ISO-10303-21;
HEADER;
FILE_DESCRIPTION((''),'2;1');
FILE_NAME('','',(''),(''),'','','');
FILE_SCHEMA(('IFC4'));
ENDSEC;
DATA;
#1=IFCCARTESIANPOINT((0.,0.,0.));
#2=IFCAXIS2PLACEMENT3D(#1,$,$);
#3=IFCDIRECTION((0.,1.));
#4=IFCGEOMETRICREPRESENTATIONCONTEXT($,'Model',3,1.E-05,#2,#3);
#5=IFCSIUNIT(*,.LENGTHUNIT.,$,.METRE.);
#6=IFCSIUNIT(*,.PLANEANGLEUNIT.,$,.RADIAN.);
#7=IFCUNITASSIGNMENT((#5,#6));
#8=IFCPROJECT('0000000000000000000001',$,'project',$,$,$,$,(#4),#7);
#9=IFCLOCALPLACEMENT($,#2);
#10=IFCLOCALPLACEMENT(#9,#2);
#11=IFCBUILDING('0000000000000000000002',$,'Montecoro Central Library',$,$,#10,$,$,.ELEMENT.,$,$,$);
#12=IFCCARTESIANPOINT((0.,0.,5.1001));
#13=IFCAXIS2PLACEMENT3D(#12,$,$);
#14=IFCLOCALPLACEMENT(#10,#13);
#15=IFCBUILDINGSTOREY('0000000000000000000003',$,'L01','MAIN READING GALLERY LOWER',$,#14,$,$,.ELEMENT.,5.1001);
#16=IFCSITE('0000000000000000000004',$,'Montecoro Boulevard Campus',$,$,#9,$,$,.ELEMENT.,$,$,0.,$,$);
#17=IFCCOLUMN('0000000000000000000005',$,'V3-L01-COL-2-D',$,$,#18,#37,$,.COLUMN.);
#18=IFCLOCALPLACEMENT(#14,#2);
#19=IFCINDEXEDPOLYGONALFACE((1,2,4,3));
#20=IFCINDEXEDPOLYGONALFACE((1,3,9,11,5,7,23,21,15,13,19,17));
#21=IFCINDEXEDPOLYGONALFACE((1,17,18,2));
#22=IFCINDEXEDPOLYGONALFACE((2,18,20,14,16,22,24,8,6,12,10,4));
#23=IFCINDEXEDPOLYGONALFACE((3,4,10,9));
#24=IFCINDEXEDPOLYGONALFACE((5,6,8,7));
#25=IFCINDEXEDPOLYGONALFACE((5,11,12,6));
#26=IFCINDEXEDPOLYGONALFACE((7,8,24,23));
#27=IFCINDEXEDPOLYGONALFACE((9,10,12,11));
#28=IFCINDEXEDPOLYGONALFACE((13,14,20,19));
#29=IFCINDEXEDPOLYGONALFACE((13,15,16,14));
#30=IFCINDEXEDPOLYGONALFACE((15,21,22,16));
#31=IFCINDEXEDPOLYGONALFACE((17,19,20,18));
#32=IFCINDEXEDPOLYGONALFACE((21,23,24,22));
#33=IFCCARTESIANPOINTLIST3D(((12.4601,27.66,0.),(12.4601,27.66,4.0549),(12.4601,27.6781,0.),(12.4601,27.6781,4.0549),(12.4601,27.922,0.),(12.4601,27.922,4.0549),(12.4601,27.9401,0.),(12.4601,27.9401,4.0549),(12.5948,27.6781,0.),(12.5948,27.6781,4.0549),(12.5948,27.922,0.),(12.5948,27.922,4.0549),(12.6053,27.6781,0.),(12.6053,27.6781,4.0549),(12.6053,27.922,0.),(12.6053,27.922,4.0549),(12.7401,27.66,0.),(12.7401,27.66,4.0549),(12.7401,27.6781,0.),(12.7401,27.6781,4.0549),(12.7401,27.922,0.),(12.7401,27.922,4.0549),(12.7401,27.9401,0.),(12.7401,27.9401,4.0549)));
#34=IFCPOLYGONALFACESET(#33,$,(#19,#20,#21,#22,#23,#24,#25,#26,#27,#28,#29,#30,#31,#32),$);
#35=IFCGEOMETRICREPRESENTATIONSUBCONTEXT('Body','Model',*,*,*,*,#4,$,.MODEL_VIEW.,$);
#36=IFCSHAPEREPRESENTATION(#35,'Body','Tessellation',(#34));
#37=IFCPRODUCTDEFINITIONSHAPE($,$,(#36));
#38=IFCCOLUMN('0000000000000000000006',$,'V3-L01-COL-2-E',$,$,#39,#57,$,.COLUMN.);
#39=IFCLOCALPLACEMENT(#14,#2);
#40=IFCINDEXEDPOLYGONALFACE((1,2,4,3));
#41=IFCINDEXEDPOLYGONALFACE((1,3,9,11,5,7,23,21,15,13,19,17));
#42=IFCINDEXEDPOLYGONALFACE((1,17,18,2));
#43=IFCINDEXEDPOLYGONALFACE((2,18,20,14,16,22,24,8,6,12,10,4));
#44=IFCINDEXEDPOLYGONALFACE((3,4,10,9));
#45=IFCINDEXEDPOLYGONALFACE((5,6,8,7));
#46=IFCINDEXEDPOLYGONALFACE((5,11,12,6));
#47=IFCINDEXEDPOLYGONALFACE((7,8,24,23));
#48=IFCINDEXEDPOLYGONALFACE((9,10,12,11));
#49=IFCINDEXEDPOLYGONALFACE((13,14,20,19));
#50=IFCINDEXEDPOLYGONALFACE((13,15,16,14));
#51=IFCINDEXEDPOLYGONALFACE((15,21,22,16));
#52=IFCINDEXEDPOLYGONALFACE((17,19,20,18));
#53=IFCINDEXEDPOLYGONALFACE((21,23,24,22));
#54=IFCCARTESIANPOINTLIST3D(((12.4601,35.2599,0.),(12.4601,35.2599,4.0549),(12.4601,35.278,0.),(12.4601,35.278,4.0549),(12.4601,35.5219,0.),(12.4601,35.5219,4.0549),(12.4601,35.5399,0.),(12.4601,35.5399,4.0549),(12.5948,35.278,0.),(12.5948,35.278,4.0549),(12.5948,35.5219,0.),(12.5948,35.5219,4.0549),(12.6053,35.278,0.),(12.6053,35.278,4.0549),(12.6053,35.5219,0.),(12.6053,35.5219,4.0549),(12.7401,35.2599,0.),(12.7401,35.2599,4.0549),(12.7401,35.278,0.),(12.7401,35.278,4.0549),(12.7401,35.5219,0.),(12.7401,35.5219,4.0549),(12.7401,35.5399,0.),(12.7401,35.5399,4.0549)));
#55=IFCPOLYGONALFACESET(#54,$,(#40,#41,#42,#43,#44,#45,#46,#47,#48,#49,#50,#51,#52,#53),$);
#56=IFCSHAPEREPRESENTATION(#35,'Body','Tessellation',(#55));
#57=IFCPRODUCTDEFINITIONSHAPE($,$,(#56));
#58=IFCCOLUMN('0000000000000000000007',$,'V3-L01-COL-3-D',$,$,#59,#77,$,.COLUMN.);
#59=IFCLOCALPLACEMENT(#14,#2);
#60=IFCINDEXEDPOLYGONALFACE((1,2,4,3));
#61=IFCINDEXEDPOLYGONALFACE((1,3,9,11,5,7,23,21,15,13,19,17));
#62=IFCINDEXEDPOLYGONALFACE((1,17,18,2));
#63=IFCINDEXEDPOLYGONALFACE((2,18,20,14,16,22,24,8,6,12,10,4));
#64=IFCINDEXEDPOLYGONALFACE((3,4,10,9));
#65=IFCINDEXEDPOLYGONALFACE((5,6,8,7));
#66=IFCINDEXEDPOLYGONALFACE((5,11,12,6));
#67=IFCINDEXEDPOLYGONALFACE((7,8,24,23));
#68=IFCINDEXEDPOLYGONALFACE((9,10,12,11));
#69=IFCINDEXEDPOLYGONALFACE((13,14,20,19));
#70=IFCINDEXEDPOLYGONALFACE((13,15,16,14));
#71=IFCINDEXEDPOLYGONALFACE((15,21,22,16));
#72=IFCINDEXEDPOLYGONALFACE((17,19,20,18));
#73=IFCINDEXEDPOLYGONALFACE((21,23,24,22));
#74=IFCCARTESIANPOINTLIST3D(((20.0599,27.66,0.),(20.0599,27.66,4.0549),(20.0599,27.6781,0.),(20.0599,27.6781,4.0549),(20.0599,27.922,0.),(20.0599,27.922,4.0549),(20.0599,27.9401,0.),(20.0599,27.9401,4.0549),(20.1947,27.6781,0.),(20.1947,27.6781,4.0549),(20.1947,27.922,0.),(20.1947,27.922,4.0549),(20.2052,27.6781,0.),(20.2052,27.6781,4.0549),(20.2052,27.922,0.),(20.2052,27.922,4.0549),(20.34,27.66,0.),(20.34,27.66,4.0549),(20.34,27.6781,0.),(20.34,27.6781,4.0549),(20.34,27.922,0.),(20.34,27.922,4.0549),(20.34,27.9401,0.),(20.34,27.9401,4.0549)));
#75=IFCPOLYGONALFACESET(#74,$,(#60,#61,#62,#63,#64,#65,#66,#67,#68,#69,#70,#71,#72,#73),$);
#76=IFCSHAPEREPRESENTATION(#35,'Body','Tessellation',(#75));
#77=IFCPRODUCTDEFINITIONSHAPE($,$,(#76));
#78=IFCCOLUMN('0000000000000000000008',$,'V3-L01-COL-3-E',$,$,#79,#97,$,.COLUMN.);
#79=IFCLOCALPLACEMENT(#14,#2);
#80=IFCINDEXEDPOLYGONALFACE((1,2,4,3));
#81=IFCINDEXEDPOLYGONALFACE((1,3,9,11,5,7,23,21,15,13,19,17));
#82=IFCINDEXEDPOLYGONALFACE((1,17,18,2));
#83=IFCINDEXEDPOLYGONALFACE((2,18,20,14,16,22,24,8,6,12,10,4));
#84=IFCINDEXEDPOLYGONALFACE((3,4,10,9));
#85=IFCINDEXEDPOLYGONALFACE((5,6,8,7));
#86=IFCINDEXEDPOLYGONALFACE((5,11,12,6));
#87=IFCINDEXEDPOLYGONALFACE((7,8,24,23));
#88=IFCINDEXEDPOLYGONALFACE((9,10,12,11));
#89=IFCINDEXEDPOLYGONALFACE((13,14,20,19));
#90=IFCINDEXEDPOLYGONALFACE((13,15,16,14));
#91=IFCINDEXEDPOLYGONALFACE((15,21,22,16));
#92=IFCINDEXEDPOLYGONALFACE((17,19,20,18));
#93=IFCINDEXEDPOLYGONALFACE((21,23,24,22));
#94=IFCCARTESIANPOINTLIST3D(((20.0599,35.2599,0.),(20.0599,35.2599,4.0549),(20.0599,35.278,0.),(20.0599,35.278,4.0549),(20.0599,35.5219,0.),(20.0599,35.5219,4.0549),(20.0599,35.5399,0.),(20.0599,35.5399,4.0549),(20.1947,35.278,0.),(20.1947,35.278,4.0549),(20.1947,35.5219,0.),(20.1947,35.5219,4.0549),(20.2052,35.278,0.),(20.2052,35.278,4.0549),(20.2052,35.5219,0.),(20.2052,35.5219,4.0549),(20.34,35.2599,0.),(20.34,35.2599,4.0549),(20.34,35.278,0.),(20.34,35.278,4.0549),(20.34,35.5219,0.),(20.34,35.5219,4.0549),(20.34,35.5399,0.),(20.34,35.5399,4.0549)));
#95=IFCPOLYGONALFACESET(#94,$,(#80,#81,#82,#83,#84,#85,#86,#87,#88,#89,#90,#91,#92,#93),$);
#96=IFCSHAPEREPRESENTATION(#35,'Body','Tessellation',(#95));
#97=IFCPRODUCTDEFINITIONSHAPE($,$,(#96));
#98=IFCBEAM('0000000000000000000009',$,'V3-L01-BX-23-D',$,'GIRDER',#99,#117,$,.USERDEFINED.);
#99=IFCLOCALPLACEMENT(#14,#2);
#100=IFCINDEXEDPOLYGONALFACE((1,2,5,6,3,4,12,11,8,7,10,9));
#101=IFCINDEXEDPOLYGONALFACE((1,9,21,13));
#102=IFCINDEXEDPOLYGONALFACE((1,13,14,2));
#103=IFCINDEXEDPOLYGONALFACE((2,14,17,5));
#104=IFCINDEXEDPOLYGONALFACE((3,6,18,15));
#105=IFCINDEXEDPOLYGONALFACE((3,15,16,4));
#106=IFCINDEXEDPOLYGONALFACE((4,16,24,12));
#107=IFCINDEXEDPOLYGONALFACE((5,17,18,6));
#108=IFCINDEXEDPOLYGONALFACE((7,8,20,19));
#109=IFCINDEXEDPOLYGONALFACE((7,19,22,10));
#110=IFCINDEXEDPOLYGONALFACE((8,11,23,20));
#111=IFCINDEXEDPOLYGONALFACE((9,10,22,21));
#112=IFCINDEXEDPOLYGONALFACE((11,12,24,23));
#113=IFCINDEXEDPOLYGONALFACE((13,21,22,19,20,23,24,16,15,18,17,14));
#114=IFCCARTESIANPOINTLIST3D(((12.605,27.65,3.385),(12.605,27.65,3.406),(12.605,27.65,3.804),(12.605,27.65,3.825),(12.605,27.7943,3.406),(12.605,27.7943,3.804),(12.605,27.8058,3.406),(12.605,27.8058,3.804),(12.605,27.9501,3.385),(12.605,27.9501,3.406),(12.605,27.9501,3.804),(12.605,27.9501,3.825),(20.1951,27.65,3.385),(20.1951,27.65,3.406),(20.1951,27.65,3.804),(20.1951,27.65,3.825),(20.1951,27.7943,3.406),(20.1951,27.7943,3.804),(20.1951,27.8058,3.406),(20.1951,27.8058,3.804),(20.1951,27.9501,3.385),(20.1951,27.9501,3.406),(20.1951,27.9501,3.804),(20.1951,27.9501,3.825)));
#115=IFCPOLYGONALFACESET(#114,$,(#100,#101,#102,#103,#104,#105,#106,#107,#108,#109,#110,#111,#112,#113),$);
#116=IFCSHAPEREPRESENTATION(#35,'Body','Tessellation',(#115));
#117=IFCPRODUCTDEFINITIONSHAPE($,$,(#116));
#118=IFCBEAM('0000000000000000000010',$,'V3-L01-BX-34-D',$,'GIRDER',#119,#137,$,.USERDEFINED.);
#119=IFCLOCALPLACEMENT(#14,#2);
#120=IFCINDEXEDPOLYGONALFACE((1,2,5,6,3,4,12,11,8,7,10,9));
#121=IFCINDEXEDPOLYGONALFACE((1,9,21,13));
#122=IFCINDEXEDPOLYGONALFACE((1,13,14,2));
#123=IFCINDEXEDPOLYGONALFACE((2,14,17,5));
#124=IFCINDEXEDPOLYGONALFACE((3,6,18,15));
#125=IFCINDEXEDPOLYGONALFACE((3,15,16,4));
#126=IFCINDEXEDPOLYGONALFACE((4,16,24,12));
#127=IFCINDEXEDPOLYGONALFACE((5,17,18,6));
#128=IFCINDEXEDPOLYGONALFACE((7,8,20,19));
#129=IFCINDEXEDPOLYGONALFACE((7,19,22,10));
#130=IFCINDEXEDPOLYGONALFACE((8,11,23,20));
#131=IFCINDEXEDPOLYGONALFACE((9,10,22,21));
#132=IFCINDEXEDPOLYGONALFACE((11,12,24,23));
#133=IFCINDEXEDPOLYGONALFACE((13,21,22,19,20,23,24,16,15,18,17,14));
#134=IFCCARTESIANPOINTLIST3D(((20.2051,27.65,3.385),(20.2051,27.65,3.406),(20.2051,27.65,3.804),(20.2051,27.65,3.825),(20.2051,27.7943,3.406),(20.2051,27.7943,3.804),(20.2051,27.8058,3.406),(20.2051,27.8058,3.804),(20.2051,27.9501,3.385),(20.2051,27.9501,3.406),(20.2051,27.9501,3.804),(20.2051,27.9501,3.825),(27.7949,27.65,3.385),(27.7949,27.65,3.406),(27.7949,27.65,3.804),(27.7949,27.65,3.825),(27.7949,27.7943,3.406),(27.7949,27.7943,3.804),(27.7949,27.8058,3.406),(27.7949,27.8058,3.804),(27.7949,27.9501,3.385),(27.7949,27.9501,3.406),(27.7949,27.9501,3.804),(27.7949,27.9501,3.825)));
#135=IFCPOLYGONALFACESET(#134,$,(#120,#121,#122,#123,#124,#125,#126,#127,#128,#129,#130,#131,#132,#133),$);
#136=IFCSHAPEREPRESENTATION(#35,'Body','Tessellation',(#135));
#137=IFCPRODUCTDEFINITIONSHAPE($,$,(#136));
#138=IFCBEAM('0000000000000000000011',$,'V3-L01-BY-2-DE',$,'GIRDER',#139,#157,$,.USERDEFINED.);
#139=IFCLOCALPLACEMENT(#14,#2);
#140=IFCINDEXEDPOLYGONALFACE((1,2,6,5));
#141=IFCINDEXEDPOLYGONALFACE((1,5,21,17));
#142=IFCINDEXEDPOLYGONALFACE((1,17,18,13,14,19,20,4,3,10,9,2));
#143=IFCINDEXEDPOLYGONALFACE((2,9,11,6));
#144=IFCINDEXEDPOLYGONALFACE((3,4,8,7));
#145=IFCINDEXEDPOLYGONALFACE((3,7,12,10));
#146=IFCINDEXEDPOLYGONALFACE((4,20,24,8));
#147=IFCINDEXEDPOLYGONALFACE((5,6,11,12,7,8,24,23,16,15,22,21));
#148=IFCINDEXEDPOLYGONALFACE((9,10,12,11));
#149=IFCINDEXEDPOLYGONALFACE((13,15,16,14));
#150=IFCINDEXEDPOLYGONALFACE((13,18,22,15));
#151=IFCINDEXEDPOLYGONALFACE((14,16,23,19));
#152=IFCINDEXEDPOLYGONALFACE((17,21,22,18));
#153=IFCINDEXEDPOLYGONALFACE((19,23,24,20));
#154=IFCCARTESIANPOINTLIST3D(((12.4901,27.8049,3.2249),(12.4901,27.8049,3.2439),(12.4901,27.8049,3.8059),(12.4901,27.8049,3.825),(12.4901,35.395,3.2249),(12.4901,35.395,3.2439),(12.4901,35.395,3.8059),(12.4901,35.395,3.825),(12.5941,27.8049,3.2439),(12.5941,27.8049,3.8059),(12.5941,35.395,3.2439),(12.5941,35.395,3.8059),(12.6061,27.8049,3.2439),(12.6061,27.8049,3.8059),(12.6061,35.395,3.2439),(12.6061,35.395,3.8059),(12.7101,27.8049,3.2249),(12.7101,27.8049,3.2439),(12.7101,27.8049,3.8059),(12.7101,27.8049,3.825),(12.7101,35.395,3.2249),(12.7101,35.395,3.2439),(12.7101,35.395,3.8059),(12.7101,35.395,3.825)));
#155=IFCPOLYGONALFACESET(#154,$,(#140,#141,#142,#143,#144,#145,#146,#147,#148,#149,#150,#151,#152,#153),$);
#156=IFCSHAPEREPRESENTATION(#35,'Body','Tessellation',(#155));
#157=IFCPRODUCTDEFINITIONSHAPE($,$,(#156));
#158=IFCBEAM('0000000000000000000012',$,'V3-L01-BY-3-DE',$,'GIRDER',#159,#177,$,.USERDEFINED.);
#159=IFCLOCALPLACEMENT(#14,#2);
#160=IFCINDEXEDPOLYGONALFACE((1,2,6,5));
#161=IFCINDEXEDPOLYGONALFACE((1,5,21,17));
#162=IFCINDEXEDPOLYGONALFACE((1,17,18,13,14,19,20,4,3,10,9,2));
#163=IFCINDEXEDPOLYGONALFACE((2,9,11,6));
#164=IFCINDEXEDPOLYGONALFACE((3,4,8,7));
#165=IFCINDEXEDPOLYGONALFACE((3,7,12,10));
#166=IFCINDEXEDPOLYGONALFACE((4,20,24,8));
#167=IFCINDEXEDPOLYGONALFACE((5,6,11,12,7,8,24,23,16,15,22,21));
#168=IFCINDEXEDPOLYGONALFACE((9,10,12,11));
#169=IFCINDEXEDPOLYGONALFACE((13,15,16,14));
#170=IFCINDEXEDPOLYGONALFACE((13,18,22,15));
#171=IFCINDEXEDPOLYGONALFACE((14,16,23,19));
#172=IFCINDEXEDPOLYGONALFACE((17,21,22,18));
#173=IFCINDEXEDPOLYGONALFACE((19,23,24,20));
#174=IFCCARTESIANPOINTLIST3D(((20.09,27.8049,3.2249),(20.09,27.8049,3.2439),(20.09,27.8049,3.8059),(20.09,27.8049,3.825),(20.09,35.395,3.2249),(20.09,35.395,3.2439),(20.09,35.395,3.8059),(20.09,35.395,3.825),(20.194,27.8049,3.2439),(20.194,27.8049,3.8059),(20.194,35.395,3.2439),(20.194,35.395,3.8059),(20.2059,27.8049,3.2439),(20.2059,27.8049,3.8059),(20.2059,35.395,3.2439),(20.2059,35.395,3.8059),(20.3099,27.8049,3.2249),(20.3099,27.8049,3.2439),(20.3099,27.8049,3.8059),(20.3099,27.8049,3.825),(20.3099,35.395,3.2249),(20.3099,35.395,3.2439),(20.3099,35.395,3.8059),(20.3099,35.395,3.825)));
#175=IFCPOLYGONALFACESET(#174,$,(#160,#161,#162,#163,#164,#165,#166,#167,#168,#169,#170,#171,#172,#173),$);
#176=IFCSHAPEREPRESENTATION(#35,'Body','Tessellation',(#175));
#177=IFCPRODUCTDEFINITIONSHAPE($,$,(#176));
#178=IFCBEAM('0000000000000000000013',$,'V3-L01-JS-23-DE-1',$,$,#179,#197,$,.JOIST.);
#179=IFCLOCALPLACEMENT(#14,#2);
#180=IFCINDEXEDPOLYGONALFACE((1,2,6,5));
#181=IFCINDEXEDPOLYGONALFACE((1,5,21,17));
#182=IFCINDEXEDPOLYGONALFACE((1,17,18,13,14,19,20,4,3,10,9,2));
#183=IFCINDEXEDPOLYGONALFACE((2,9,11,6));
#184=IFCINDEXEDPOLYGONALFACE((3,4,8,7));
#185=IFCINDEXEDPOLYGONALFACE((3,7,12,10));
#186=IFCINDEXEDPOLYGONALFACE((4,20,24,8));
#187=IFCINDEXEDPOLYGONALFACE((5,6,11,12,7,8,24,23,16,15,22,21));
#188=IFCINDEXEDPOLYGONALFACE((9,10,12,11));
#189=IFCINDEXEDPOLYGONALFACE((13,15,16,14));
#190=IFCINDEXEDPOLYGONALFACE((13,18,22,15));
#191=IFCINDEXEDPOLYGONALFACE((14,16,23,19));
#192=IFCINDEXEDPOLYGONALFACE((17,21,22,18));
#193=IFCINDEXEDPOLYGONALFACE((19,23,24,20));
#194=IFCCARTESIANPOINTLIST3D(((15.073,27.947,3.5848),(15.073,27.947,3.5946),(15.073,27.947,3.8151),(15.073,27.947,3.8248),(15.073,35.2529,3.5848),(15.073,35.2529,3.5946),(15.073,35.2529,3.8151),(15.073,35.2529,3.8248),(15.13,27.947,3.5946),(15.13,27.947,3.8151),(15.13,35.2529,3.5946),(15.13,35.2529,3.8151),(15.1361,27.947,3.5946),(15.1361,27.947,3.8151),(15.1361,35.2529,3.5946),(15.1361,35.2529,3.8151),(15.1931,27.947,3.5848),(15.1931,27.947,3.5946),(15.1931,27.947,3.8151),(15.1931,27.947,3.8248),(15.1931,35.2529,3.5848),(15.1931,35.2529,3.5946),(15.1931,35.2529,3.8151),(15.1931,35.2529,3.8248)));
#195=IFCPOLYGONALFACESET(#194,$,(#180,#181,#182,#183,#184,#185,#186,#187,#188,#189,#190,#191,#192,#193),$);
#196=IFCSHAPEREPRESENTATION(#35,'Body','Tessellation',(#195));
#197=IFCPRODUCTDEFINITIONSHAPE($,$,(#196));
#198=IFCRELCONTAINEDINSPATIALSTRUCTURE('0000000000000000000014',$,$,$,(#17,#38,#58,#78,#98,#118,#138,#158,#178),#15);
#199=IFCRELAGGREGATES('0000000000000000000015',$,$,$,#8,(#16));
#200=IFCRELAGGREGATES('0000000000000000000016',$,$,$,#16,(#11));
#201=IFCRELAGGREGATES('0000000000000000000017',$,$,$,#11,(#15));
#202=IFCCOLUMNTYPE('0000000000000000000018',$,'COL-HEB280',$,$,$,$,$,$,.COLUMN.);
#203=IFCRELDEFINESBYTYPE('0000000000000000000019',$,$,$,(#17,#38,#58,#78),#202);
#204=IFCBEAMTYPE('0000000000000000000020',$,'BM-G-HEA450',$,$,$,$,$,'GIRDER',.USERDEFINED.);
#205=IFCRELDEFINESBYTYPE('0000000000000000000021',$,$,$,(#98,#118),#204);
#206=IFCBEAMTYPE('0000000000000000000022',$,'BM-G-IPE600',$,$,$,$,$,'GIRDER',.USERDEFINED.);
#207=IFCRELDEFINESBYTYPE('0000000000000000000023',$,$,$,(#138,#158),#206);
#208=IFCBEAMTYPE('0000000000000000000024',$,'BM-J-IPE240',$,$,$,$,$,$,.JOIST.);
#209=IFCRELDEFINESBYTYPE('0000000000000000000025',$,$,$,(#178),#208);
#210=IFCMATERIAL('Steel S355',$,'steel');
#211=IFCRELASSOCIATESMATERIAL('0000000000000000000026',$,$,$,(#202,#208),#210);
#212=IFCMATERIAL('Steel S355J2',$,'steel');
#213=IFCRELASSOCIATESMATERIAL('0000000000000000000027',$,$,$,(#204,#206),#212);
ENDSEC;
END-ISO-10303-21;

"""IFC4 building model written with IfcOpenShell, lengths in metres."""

from ifc_helpers import new_model, si_unit, direction, frame, origin, origin_2d, place, context, subcontext, project, spatial, i_section, extrude, material, material_profile, profile_set, type_object, element, save


model = new_model("IFC4")

# Units and contexts
model_context = context("Model", 3, precision=1e-05, world=origin(), true_north=direction((0.0, 1.0)))
body_context = subcontext(model_context, "Body", "Model", "MODEL_VIEW")
ifc_project = project(units=[si_unit("LENGTHUNIT", "METRE"), si_unit("PLANEANGLEUNIT", "RADIAN")], contexts=[model_context])

# Site, building, storey
site_placement = place(None, origin())
site = spatial("IfcSite", under=ifc_project, at=site_placement, Name="Montecoro Boulevard Campus", CompositionType="ELEMENT", RefElevation=0.0)
building_placement = place(site_placement, origin())
building = spatial("IfcBuilding", under=site, at=building_placement, Name="Montecoro Central Library", CompositionType="ELEMENT")
storey_placement = place(building_placement, frame((0.0, 0.0, 5.1001)))
storey = spatial("IfcBuildingStorey", under=building, at=storey_placement, Name="L01", Description="MAIN READING GALLERY LOWER", CompositionType="ELEMENT", Elevation=5.1001)

# Columns
ifc_material_1 = material(Name="Steel S355", Category="steel")
ifc_material_profile_1 = material_profile(ifc_material_1, i_section(OverallWidth=0.28, OverallDepth=0.28, WebThickness=0.0105, FlangeThickness=0.0181, at=origin_2d()), Name="HEB 280")
ifc_profile_set_1 = profile_set([ifc_material_profile_1], Name="Steel S355")
column_type = type_object("IfcColumnType", Name="COL-HEB280", PredefinedType="COLUMN", material=ifc_profile_set_1)
for number, where, z_axis, x_axis, name in (
    (1, (12.6001, 27.8, 0.0), (0.0, 0.0, 1.0), (1.0, 0.0, 0.0), "V3-L01-COL-2-D"),
    (2, (12.6001, 35.3999, 0.0), (0.0, 0.0, 1.0), (1.0, 0.0, 0.0), "V3-L01-COL-2-E"),
    (3, (20.2, 27.8, 0.0), (0.0, 0.0, 1.0), (1.0, 0.0, 0.0), "V3-L01-COL-3-D"),
    (4, (20.2, 35.3999, 0.0), (0.0, 0.0, 1.0), (1.0, 0.0, 0.0), "V3-L01-COL-3-E"),
):
    element("IfcColumn", number, at=place(storey_placement, frame(where, z_axis=z_axis, x_axis=x_axis)), inside=storey, type_object=column_type, Name=name, PredefinedType="COLUMN", context=body_context, shape_type="SweptSolid", body=[
        extrude(i_section(OverallWidth=0.28, OverallDepth=0.28, WebThickness=0.0105, FlangeThickness=0.0181, at=origin_2d()), origin(), (0.0, 0.0, 1.0), 4.0549),
    ])

# Beams
ifc_material_2 = material(Name="Steel S355J2", Category="steel")
ifc_material_profile_2 = material_profile(ifc_material_2, i_section(OverallWidth=0.3, OverallDepth=0.4399, WebThickness=0.0115, FlangeThickness=0.021, at=origin_2d()), Name="HEA 450")
ifc_profile_set_2 = profile_set([ifc_material_profile_2], Name="Steel S355J2")
beam_type_1 = type_object("IfcBeamType", Name="BM-G-HEA450", ElementType="GIRDER", PredefinedType="USERDEFINED", material=ifc_profile_set_2)
beam_1_placement = place(storey_placement, frame((12.605, 27.8, 3.605), z_axis=(1.0, 0.0, 0.0), x_axis=(0.0, 1.0, 0.0)))
element("IfcBeam", 5, at=beam_1_placement, inside=storey, type_object=beam_type_1, Name="V3-L01-BX-23-D", ObjectType="GIRDER", PredefinedType="USERDEFINED", context=body_context, shape_type="SweptSolid", body=[
    extrude(i_section(OverallWidth=0.3, OverallDepth=0.4399, WebThickness=0.0115, FlangeThickness=0.021, at=origin_2d()), origin(), (0.0, 0.0, 1.0), 7.5901),
])
beam_2_placement = place(storey_placement, frame((20.2051, 27.8, 3.605), z_axis=(1.0, 0.0, 0.0), x_axis=(0.0, 1.0, 0.0)))
element("IfcBeam", 6, at=beam_2_placement, inside=storey, type_object=beam_type_1, Name="V3-L01-BX-34-D", ObjectType="GIRDER", PredefinedType="USERDEFINED", context=body_context, shape_type="SweptSolid", body=[
    extrude(i_section(OverallWidth=0.3, OverallDepth=0.4399, WebThickness=0.0115, FlangeThickness=0.021, at=origin_2d()), origin(), (0.0, 0.0, 1.0), 7.5898),
])
ifc_material_profile_3 = material_profile(ifc_material_2, i_section(OverallWidth=0.22, OverallDepth=0.6001, WebThickness=0.012, FlangeThickness=0.019, at=origin_2d()), Name="IPE 600")
ifc_profile_set_3 = profile_set([ifc_material_profile_3], Name="Steel S355J2")
beam_type_2 = type_object("IfcBeamType", Name="BM-G-IPE600", ElementType="GIRDER", PredefinedType="USERDEFINED", material=ifc_profile_set_3)
for number, where, z_axis, x_axis, name in (
    (7, (12.6001, 27.8049, 3.5249), (0.0, 1.0, 0.0), (-1.0, 0.0, 0.0), "V3-L01-BY-2-DE"),
    (8, (20.2, 27.8049, 3.5249), (0.0, 1.0, 0.0), (-1.0, 0.0, 0.0), "V3-L01-BY-3-DE"),
):
    element("IfcBeam", number, at=place(storey_placement, frame(where, z_axis=z_axis, x_axis=x_axis)), inside=storey, type_object=beam_type_2, Name=name, ObjectType="GIRDER", PredefinedType="USERDEFINED", context=body_context, shape_type="SweptSolid", body=[
        extrude(i_section(OverallWidth=0.22, OverallDepth=0.6001, WebThickness=0.012, FlangeThickness=0.019, at=origin_2d()), origin(), (0.0, 0.0, 1.0), 7.5901),
    ])
ifc_material_profile_4 = material_profile(ifc_material_1, i_section(OverallWidth=0.1201, OverallDepth=0.24, WebThickness=0.0061, FlangeThickness=0.0098, at=origin_2d()), Name="IPE 240")
ifc_profile_set_4 = profile_set([ifc_material_profile_4], Name="Steel S355")
beam_type_3 = type_object("IfcBeamType", Name="BM-J-IPE240", PredefinedType="JOIST", material=ifc_profile_set_4)
for number, where, z_axis, x_axis, name in (
    (9, (15.1331, 27.947, 3.7048), (0.0, 1.0, 0.0), (-1.0, 0.0, 0.0), "V3-L01-JS-23-DE-1"),
):
    element("IfcBeam", number, at=place(storey_placement, frame(where, z_axis=z_axis, x_axis=x_axis)), inside=storey, type_object=beam_type_3, Name=name, PredefinedType="JOIST", context=body_context, shape_type="SweptSolid", body=[
        extrude(i_section(OverallWidth=0.1201, OverallDepth=0.24, WebThickness=0.0061, FlangeThickness=0.0098, at=origin_2d()), origin(), (0.0, 0.0, 1.0), 7.3059),
    ])

save(model, "model.ifc")
